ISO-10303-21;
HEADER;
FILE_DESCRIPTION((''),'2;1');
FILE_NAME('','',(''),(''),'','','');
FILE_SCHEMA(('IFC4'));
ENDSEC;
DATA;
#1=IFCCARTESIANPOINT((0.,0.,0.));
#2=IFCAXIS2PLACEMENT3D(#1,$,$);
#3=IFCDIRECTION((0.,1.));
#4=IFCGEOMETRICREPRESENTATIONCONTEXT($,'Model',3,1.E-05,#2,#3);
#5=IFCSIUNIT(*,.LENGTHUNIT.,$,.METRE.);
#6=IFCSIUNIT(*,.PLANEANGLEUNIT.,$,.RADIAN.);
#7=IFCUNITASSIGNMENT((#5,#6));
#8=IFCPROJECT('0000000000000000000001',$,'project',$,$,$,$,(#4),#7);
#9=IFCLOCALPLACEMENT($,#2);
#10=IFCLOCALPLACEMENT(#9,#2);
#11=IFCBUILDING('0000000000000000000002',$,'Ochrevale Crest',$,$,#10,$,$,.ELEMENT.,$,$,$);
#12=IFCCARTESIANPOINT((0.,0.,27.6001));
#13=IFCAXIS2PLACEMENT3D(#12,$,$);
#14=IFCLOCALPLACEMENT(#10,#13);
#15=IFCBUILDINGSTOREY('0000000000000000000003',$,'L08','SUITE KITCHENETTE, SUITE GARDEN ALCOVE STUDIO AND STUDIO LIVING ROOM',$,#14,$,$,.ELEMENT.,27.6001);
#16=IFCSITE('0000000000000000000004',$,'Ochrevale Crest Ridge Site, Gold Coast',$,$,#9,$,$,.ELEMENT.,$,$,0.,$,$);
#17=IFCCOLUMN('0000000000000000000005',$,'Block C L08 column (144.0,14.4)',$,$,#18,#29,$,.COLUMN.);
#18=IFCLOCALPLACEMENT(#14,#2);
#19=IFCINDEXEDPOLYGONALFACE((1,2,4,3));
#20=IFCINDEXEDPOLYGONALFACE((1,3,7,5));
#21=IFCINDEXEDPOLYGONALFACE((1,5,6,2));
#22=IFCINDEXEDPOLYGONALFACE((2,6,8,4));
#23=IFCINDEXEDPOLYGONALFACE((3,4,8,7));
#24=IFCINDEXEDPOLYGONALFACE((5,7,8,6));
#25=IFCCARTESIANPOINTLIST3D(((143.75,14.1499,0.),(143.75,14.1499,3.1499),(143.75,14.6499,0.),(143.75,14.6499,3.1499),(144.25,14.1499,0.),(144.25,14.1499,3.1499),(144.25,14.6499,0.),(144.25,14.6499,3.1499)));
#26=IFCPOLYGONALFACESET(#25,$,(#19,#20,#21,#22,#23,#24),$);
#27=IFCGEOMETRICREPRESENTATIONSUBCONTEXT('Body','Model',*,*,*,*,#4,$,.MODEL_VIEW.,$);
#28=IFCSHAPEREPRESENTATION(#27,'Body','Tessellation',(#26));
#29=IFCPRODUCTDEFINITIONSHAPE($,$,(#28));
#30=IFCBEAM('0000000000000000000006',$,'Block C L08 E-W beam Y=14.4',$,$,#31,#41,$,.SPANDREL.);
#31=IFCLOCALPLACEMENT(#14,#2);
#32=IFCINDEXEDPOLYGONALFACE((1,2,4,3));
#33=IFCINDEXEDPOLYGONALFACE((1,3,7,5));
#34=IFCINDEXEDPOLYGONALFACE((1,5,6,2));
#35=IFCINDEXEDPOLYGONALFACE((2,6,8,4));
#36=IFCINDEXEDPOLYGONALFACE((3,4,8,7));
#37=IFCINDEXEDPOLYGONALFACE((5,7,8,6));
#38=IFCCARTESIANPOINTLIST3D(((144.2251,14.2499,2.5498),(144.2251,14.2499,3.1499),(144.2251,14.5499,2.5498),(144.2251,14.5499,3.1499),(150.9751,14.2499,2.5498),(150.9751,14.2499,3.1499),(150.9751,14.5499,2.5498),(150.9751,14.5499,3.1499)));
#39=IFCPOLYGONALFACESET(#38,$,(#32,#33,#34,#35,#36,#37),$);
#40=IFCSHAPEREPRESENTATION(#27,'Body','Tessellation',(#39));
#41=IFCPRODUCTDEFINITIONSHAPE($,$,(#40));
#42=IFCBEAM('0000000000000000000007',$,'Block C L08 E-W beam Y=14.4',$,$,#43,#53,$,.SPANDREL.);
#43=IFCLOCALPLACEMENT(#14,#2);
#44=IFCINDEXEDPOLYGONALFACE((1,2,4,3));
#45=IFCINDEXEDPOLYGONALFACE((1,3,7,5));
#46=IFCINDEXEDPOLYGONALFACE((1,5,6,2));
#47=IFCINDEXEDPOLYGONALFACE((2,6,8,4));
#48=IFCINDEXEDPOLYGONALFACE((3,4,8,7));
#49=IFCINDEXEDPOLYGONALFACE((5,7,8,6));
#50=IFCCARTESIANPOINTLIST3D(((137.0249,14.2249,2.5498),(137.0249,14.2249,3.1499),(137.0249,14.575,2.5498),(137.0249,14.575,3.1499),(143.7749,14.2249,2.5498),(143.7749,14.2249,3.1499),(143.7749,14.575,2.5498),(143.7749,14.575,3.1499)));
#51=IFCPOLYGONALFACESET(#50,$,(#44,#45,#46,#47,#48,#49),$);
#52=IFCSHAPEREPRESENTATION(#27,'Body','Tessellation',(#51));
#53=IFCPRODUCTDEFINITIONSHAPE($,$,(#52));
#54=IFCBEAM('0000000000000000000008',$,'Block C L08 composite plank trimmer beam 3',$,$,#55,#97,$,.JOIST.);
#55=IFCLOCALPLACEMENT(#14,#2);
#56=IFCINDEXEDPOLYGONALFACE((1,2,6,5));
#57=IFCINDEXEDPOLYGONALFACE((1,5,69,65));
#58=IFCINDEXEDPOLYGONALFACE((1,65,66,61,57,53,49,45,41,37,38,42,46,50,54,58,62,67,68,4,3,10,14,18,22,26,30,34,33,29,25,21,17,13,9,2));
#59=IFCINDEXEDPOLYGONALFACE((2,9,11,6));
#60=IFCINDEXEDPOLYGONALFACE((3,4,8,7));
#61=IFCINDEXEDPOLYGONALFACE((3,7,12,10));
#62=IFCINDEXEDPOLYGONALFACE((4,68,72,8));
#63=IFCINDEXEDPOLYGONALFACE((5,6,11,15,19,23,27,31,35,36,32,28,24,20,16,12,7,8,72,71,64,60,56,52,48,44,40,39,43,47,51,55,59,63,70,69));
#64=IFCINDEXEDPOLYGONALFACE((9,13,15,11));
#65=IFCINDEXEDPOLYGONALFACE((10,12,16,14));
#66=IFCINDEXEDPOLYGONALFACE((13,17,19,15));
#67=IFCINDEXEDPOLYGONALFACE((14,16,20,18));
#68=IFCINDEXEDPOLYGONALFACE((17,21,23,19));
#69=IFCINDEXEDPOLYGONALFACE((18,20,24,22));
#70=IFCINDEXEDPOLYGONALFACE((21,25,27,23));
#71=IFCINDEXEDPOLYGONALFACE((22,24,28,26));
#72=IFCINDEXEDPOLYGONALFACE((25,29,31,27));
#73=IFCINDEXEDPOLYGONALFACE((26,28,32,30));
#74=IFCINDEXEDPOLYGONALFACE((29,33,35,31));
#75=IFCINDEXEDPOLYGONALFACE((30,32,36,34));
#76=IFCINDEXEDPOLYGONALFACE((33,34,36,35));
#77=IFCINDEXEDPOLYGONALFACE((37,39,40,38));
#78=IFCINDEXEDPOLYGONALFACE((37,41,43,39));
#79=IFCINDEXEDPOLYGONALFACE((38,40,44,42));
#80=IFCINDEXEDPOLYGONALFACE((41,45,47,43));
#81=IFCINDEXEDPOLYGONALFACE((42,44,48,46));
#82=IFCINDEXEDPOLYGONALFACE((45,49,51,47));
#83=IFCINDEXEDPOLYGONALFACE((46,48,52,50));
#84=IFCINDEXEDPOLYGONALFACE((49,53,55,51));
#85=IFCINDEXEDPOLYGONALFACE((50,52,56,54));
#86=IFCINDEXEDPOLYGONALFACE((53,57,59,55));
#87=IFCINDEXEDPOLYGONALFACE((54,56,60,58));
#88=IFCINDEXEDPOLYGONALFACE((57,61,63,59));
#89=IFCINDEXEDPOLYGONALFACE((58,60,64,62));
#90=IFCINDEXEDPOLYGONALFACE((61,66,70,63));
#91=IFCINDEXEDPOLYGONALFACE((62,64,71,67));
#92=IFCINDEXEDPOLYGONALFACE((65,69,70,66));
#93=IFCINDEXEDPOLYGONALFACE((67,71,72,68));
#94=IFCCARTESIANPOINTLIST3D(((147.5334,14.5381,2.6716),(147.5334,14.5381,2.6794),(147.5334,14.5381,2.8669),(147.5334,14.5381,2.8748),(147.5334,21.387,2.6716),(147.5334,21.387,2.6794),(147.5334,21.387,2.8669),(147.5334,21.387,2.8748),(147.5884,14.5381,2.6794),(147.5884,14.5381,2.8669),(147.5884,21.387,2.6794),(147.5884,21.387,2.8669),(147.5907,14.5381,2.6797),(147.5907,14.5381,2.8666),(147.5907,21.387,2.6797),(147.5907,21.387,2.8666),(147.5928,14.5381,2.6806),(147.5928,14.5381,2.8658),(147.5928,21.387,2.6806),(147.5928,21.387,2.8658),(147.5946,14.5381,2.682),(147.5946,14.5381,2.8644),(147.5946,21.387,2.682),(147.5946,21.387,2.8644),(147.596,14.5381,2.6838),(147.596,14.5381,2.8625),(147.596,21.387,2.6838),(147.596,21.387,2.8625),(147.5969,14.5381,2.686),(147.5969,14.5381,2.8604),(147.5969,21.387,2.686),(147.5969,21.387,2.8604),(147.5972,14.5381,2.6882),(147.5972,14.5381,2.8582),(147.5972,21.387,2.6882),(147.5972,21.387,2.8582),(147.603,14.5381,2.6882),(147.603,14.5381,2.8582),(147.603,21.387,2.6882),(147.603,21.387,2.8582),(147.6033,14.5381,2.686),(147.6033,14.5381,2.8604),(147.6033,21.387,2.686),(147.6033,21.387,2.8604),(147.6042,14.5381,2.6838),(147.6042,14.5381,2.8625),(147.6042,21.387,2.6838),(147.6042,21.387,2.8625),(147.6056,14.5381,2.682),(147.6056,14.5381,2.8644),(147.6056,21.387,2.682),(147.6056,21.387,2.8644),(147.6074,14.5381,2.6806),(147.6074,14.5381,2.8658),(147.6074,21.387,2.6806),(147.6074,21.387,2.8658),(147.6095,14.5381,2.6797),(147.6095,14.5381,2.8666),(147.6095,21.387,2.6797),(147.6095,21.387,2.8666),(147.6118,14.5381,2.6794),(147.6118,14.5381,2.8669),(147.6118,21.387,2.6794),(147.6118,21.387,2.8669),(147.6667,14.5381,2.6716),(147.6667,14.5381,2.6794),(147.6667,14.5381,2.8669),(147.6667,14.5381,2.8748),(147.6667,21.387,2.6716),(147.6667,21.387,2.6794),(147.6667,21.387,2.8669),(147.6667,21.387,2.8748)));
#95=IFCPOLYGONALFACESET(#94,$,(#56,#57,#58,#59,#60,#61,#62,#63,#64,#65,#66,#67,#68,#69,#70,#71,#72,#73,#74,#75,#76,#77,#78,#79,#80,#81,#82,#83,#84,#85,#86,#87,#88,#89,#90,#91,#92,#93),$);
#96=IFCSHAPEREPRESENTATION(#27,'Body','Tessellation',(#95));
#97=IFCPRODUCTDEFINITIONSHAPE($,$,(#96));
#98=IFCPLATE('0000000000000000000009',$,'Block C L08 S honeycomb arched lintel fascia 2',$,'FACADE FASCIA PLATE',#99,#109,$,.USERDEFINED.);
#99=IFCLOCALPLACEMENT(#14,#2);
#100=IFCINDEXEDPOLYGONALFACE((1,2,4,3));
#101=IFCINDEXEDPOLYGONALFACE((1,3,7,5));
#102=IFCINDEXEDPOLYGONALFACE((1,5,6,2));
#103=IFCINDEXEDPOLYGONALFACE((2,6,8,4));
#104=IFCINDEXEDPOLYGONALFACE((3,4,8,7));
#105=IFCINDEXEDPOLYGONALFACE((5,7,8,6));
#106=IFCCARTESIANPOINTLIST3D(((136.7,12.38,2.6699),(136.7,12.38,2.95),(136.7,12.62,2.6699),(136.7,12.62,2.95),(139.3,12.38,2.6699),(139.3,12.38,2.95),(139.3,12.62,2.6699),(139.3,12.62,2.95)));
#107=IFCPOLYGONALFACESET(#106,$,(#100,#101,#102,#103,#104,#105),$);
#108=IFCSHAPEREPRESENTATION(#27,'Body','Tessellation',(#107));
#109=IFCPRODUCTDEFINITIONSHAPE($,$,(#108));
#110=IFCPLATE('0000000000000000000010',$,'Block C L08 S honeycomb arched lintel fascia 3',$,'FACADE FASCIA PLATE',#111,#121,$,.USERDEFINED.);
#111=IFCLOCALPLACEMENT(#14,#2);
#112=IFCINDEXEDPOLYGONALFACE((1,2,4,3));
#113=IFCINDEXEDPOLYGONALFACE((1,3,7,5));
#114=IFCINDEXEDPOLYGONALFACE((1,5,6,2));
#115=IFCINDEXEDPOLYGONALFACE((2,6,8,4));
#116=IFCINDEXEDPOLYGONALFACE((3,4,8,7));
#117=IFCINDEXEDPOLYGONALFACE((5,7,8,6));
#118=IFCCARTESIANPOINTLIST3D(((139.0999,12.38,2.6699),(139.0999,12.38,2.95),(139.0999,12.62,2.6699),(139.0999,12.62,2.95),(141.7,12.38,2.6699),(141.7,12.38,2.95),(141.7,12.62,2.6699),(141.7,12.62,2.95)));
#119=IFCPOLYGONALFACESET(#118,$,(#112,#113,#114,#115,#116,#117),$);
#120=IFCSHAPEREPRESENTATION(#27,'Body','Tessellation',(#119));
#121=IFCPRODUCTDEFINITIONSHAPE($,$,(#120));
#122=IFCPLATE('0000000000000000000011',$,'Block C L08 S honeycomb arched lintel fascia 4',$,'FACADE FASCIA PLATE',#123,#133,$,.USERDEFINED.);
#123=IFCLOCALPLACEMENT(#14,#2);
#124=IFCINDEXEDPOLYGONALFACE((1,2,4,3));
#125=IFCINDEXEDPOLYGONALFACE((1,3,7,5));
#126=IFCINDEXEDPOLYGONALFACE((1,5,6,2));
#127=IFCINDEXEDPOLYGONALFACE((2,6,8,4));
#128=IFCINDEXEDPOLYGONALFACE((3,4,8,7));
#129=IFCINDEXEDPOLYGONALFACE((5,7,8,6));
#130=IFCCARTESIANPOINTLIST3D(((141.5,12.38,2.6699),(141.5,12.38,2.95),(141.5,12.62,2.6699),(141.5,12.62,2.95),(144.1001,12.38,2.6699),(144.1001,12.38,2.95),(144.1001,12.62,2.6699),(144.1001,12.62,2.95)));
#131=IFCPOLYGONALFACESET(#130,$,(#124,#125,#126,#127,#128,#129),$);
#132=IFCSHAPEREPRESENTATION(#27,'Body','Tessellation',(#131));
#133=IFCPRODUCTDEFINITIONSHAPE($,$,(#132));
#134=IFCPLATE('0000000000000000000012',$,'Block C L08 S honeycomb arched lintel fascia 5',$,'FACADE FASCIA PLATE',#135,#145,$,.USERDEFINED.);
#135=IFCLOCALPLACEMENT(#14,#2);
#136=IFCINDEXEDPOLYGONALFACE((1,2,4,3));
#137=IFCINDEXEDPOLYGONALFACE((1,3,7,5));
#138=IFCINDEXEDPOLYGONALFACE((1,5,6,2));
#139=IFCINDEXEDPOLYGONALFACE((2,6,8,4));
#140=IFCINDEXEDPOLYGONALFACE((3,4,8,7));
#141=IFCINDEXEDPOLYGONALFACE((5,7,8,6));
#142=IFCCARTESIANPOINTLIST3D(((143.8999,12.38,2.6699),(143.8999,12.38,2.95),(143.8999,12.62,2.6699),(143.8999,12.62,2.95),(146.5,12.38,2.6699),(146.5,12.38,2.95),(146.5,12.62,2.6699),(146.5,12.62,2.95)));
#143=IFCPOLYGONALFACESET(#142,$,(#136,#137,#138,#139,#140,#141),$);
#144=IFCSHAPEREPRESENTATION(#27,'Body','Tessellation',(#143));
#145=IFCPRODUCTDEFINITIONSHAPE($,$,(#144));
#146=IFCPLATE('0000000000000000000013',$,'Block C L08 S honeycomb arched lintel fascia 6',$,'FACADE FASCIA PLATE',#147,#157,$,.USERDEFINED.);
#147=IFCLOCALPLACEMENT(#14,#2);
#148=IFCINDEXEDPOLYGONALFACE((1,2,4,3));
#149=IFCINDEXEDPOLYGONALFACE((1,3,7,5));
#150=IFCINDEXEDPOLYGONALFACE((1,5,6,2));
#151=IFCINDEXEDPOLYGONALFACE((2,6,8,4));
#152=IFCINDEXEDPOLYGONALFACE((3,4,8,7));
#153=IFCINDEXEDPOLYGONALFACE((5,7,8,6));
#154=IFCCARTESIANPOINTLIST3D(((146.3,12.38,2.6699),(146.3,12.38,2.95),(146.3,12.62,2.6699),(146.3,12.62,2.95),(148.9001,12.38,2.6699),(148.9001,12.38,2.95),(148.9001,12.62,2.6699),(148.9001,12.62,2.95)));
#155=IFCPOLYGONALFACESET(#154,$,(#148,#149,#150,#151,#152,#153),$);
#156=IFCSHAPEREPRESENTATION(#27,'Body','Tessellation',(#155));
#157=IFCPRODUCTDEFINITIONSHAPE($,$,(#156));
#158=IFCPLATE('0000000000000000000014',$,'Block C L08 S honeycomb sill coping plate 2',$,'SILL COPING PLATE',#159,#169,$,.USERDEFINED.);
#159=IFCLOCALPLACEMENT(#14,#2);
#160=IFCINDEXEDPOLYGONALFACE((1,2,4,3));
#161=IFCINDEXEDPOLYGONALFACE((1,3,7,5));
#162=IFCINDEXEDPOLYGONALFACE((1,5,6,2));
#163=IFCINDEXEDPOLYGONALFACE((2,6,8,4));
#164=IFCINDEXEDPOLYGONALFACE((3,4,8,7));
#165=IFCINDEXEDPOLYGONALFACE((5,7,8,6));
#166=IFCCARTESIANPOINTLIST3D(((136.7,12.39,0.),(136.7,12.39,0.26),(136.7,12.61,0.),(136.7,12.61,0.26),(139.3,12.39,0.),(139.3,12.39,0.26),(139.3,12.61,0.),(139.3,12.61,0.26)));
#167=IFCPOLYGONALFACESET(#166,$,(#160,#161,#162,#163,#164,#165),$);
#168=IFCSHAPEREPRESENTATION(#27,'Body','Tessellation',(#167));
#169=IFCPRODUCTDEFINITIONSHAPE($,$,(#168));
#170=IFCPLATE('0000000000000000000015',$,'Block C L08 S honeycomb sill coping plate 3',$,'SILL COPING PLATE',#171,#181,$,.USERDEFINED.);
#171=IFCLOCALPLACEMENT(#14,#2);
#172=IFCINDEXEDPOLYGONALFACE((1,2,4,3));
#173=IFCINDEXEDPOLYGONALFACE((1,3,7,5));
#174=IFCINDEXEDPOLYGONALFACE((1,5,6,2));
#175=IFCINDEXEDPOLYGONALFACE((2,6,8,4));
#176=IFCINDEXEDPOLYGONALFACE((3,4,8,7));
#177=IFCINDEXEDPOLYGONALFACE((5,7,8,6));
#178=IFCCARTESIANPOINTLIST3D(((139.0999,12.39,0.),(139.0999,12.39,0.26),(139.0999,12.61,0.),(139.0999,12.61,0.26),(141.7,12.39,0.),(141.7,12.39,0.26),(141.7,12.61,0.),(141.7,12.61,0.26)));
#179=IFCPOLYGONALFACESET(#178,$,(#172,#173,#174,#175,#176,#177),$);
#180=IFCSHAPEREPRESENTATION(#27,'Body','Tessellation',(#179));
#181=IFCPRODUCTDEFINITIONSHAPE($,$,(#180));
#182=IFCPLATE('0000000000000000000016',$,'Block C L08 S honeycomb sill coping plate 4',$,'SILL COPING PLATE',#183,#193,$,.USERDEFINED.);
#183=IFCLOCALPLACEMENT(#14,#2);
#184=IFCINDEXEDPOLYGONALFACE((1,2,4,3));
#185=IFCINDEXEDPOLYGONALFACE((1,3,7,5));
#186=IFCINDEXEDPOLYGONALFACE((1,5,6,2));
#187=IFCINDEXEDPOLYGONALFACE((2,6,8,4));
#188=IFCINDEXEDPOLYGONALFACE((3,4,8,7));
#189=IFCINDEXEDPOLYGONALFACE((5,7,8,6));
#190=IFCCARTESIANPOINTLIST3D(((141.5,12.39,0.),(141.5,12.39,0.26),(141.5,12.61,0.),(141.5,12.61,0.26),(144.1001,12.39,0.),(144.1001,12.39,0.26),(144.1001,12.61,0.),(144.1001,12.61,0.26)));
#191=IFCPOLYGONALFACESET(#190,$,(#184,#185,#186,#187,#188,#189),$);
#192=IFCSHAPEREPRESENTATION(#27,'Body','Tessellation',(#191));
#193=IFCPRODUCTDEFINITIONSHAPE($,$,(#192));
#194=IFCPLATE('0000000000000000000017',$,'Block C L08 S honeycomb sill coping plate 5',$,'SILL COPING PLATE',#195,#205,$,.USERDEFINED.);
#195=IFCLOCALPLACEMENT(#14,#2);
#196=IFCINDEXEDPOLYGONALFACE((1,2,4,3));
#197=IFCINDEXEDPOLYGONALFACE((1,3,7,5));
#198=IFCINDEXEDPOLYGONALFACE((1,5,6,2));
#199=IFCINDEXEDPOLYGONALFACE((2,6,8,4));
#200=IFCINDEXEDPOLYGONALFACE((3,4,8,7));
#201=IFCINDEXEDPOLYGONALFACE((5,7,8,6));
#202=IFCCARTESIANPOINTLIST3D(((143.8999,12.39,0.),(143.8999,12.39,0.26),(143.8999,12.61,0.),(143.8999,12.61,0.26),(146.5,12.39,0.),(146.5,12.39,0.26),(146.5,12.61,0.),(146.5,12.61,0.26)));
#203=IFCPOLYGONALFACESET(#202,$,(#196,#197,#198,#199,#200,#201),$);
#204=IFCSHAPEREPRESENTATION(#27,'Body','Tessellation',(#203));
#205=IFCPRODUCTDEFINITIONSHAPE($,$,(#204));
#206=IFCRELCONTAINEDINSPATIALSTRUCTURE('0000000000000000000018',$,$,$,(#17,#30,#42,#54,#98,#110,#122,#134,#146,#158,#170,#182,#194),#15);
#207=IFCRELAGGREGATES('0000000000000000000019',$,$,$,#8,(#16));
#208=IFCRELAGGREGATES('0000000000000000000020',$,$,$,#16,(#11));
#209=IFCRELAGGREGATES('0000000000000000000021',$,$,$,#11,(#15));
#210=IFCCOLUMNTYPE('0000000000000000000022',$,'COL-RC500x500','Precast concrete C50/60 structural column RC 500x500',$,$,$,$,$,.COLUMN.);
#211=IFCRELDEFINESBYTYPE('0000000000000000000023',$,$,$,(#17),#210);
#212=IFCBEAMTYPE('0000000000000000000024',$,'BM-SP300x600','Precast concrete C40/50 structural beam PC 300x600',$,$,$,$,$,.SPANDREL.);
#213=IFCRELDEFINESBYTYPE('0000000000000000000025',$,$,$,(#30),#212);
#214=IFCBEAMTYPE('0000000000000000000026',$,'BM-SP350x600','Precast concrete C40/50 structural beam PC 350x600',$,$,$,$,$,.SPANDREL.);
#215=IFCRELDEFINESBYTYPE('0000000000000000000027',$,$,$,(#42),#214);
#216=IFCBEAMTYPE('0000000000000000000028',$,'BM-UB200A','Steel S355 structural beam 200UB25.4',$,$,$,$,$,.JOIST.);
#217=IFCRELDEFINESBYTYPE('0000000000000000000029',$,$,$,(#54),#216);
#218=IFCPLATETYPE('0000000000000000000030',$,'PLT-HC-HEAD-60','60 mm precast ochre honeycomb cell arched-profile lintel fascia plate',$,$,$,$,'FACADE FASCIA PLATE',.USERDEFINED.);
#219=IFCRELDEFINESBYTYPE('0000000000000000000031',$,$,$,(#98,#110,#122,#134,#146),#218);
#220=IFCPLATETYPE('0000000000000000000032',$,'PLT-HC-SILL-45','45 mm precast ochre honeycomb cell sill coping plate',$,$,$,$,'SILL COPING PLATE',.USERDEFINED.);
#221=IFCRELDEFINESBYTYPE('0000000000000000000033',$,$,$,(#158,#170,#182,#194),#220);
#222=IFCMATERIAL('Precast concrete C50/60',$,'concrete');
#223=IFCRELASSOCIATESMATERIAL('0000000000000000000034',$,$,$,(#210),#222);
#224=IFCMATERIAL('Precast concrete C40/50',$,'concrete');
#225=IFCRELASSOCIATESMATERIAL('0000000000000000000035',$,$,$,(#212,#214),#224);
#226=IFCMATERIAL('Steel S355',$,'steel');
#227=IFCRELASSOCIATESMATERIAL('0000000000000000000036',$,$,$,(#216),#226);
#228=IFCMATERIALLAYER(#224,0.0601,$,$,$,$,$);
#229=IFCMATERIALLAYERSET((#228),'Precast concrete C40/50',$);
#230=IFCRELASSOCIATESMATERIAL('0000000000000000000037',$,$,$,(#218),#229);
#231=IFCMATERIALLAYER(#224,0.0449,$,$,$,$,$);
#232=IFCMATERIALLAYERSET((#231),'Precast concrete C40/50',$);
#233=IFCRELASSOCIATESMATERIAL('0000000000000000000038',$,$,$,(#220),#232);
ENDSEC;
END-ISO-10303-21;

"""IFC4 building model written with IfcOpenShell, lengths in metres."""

from ifc_helpers import new_model, si_unit, direction, frame, origin, origin_2d, place, context, subcontext, project, spatial, rectangle, i_section, extrude, material, layer, layer_set, material_profile, profile_set, type_object, element, save


model = new_model("IFC4")

# Units and contexts
model_context = context("Model", 3, precision=1e-05, world=origin(), true_north=direction((0.0, 1.0)))
body_context = subcontext(model_context, "Body", "Model", "MODEL_VIEW")
ifc_project = project(units=[si_unit("LENGTHUNIT", "METRE"), si_unit("PLANEANGLEUNIT", "RADIAN")], contexts=[model_context])

# Site, building, storey
site_placement = place(None, origin())
site = spatial("IfcSite", under=ifc_project, at=site_placement, Name="Ochrevale Crest Ridge Site, Gold Coast", CompositionType="ELEMENT", RefElevation=0.0)
building_placement = place(site_placement, origin())
building = spatial("IfcBuilding", under=site, at=building_placement, Name="Ochrevale Crest", CompositionType="ELEMENT")
storey_placement = place(building_placement, frame((0.0, 0.0, 27.6001)))
storey = spatial("IfcBuildingStorey", under=building, at=storey_placement, Name="L08", Description="SUITE KITCHENETTE, SUITE GARDEN ALCOVE STUDIO AND STUDIO LIVING ROOM", CompositionType="ELEMENT", Elevation=27.6001)

# Column
ifc_material_1 = material(Name="Precast concrete C50/60", Category="concrete")
ifc_material_profile_1 = material_profile(ifc_material_1, rectangle(XDim=0.5, YDim=0.5, at=origin_2d()), Name="RC 500x500")
ifc_profile_set_1 = profile_set([ifc_material_profile_1], Name="Precast concrete C50/60")
column_type = type_object("IfcColumnType", Name="COL-RC500x500", Description="Precast concrete C50/60 structural column RC 500x500", PredefinedType="COLUMN", material=ifc_profile_set_1)
column_placement = place(storey_placement, frame((144.0, 14.3999, 0.0), z_axis=(0.0, 0.0, 1.0), x_axis=(1.0, 0.0, 0.0)))
element("IfcColumn", 1, at=column_placement, inside=storey, type_object=column_type, Name="Block C L08 column (144.0,14.4)", PredefinedType="COLUMN", context=body_context, shape_type="SweptSolid", body=[
    extrude(rectangle(XDim=0.5, YDim=0.5, at=origin_2d()), origin(), (0.0, 0.0, 1.0), 3.1499),
])

# Beams
ifc_material_2 = material(Name="Precast concrete C40/50", Category="concrete")
ifc_material_profile_2 = material_profile(ifc_material_2, rectangle(XDim=0.3, YDim=0.6001, at=origin_2d()), Name="PC 300x600")
ifc_profile_set_2 = profile_set([ifc_material_profile_2], Name="Precast concrete C40/50")
beam_type_1 = type_object("IfcBeamType", Name="BM-SP300x600", Description="Precast concrete C40/50 structural beam PC 300x600", PredefinedType="SPANDREL", material=ifc_profile_set_2)
beam_1_placement = place(storey_placement, frame((144.2251, 14.3999, 2.8499), z_axis=(1.0, 0.0, 0.0), x_axis=(0.0, 1.0, 0.0)))
element("IfcBeam", 2, at=beam_1_placement, inside=storey, type_object=beam_type_1, Name="Block C L08 E-W beam Y=14.4", PredefinedType="SPANDREL", context=body_context, shape_type="SweptSolid", body=[
    extrude(rectangle(XDim=0.3, YDim=0.6001, at=origin_2d()), origin(), (0.0, 0.0, 1.0), 6.75),
])
ifc_material_profile_3 = material_profile(ifc_material_2, rectangle(XDim=0.3501, YDim=0.6001, at=origin_2d()), Name="PC 350x600")
ifc_profile_set_3 = profile_set([ifc_material_profile_3], Name="Precast concrete C40/50")
beam_type_2 = type_object("IfcBeamType", Name="BM-SP350x600", Description="Precast concrete C40/50 structural beam PC 350x600", PredefinedType="SPANDREL", material=ifc_profile_set_3)
beam_2_placement = place(storey_placement, frame((137.0249, 14.3999, 2.8499), z_axis=(1.0, 0.0, 0.0), x_axis=(0.0, 1.0, 0.0)))
element("IfcBeam", 3, at=beam_2_placement, inside=storey, type_object=beam_type_2, Name="Block C L08 E-W beam Y=14.4", PredefinedType="SPANDREL", context=body_context, shape_type="SweptSolid", body=[
    extrude(rectangle(XDim=0.3501, YDim=0.6001, at=origin_2d()), origin(), (0.0, 0.0, 1.0), 6.75),
])
ifc_material_3 = material(Name="Steel S355", Category="steel")
ifc_material_profile_4 = material_profile(ifc_material_3, i_section(OverallWidth=0.1333, OverallDepth=0.2031, WebThickness=0.0059, FlangeThickness=0.0078, FilletRadius=0.0088, at=origin_2d()), Name="200UB25.4")
ifc_profile_set_4 = profile_set([ifc_material_profile_4], Name="Steel S355")
beam_type_3 = type_object("IfcBeamType", Name="BM-UB200A", Description="Steel S355 structural beam 200UB25.4", PredefinedType="JOIST", material=ifc_profile_set_4)
beam_3_placement = place(storey_placement, frame((147.6001, 14.5381, 2.7732), z_axis=(0.0, 1.0, 0.0), x_axis=(-1.0, 0.0, 0.0)))
element("IfcBeam", 4, at=beam_3_placement, inside=storey, type_object=beam_type_3, Name="Block C L08 composite plank trimmer beam 3", PredefinedType="JOIST", context=body_context, shape_type="SweptSolid", body=[
    extrude(i_section(OverallWidth=0.1333, OverallDepth=0.2031, WebThickness=0.0059, FlangeThickness=0.0078, FilletRadius=0.0088, at=origin_2d()), origin(), (0.0, 0.0, 1.0), 6.8489),
])

# Plates
ifc_layer_1 = layer(ifc_material_2, 0.0601)
ifc_layer_set_1 = layer_set([ifc_layer_1], Name="Precast concrete C40/50")
plate_type_1 = type_object("IfcPlateType", Name="PLT-HC-HEAD-60", Description="60 mm precast ochre honeycomb cell arched-profile lintel fascia plate", ElementType="FACADE FASCIA PLATE", PredefinedType="USERDEFINED", material=ifc_layer_set_1)
for number, where, z_axis, x_axis, name in (
    (5, (138.0, 12.5, 2.6699), (0.0, 0.0, 1.0), (1.0, 0.0, 0.0), "Block C L08 S honeycomb arched lintel fascia 2"),
    (6, (140.3999, 12.5, 2.6699), (0.0, 0.0, 1.0), (1.0, 0.0, 0.0), "Block C L08 S honeycomb arched lintel fascia 3"),
    (7, (142.8, 12.5, 2.6699), (0.0, 0.0, 1.0), (1.0, 0.0, 0.0), "Block C L08 S honeycomb arched lintel fascia 4"),
    (8, (145.2, 12.5, 2.6699), (0.0, 0.0, 1.0), (1.0, 0.0, 0.0), "Block C L08 S honeycomb arched lintel fascia 5"),
    (9, (147.6001, 12.5, 2.6699), (0.0, 0.0, 1.0), (1.0, 0.0, 0.0), "Block C L08 S honeycomb arched lintel fascia 6"),
):
    element("IfcPlate", number, at=place(storey_placement, frame(where, z_axis=z_axis, x_axis=x_axis)), inside=storey, type_object=plate_type_1, Name=name, ObjectType="FACADE FASCIA PLATE", PredefinedType="USERDEFINED", context=body_context, shape_type="SweptSolid", body=[
        extrude(rectangle(XDim=2.6001, YDim=0.24, at=origin_2d()), origin(), (0.0, 0.0, 1.0), 0.28),
    ])
ifc_layer_2 = layer(ifc_material_2, 0.0449)
ifc_layer_set_2 = layer_set([ifc_layer_2], Name="Precast concrete C40/50")
plate_type_2 = type_object("IfcPlateType", Name="PLT-HC-SILL-45", Description="45 mm precast ochre honeycomb cell sill coping plate", ElementType="SILL COPING PLATE", PredefinedType="USERDEFINED", material=ifc_layer_set_2)
for number, where, z_axis, x_axis, name in (
    (10, (138.0, 12.5, 0.0), (0.0, 0.0, 1.0), (1.0, 0.0, 0.0), "Block C L08 S honeycomb sill coping plate 2"),
    (11, (140.3999, 12.5, 0.0), (0.0, 0.0, 1.0), (1.0, 0.0, 0.0), "Block C L08 S honeycomb sill coping plate 3"),
    (12, (142.8, 12.5, 0.0), (0.0, 0.0, 1.0), (1.0, 0.0, 0.0), "Block C L08 S honeycomb sill coping plate 4"),
    (13, (145.2, 12.5, 0.0), (0.0, 0.0, 1.0), (1.0, 0.0, 0.0), "Block C L08 S honeycomb sill coping plate 5"),
):
    element("IfcPlate", number, at=place(storey_placement, frame(where, z_axis=z_axis, x_axis=x_axis)), inside=storey, type_object=plate_type_2, Name=name, ObjectType="SILL COPING PLATE", PredefinedType="USERDEFINED", context=body_context, shape_type="SweptSolid", body=[
        extrude(rectangle(XDim=2.6001, YDim=0.22, at=origin_2d()), origin(), (0.0, 0.0, 1.0), 0.26),
    ])

save(model, "model.ifc")
